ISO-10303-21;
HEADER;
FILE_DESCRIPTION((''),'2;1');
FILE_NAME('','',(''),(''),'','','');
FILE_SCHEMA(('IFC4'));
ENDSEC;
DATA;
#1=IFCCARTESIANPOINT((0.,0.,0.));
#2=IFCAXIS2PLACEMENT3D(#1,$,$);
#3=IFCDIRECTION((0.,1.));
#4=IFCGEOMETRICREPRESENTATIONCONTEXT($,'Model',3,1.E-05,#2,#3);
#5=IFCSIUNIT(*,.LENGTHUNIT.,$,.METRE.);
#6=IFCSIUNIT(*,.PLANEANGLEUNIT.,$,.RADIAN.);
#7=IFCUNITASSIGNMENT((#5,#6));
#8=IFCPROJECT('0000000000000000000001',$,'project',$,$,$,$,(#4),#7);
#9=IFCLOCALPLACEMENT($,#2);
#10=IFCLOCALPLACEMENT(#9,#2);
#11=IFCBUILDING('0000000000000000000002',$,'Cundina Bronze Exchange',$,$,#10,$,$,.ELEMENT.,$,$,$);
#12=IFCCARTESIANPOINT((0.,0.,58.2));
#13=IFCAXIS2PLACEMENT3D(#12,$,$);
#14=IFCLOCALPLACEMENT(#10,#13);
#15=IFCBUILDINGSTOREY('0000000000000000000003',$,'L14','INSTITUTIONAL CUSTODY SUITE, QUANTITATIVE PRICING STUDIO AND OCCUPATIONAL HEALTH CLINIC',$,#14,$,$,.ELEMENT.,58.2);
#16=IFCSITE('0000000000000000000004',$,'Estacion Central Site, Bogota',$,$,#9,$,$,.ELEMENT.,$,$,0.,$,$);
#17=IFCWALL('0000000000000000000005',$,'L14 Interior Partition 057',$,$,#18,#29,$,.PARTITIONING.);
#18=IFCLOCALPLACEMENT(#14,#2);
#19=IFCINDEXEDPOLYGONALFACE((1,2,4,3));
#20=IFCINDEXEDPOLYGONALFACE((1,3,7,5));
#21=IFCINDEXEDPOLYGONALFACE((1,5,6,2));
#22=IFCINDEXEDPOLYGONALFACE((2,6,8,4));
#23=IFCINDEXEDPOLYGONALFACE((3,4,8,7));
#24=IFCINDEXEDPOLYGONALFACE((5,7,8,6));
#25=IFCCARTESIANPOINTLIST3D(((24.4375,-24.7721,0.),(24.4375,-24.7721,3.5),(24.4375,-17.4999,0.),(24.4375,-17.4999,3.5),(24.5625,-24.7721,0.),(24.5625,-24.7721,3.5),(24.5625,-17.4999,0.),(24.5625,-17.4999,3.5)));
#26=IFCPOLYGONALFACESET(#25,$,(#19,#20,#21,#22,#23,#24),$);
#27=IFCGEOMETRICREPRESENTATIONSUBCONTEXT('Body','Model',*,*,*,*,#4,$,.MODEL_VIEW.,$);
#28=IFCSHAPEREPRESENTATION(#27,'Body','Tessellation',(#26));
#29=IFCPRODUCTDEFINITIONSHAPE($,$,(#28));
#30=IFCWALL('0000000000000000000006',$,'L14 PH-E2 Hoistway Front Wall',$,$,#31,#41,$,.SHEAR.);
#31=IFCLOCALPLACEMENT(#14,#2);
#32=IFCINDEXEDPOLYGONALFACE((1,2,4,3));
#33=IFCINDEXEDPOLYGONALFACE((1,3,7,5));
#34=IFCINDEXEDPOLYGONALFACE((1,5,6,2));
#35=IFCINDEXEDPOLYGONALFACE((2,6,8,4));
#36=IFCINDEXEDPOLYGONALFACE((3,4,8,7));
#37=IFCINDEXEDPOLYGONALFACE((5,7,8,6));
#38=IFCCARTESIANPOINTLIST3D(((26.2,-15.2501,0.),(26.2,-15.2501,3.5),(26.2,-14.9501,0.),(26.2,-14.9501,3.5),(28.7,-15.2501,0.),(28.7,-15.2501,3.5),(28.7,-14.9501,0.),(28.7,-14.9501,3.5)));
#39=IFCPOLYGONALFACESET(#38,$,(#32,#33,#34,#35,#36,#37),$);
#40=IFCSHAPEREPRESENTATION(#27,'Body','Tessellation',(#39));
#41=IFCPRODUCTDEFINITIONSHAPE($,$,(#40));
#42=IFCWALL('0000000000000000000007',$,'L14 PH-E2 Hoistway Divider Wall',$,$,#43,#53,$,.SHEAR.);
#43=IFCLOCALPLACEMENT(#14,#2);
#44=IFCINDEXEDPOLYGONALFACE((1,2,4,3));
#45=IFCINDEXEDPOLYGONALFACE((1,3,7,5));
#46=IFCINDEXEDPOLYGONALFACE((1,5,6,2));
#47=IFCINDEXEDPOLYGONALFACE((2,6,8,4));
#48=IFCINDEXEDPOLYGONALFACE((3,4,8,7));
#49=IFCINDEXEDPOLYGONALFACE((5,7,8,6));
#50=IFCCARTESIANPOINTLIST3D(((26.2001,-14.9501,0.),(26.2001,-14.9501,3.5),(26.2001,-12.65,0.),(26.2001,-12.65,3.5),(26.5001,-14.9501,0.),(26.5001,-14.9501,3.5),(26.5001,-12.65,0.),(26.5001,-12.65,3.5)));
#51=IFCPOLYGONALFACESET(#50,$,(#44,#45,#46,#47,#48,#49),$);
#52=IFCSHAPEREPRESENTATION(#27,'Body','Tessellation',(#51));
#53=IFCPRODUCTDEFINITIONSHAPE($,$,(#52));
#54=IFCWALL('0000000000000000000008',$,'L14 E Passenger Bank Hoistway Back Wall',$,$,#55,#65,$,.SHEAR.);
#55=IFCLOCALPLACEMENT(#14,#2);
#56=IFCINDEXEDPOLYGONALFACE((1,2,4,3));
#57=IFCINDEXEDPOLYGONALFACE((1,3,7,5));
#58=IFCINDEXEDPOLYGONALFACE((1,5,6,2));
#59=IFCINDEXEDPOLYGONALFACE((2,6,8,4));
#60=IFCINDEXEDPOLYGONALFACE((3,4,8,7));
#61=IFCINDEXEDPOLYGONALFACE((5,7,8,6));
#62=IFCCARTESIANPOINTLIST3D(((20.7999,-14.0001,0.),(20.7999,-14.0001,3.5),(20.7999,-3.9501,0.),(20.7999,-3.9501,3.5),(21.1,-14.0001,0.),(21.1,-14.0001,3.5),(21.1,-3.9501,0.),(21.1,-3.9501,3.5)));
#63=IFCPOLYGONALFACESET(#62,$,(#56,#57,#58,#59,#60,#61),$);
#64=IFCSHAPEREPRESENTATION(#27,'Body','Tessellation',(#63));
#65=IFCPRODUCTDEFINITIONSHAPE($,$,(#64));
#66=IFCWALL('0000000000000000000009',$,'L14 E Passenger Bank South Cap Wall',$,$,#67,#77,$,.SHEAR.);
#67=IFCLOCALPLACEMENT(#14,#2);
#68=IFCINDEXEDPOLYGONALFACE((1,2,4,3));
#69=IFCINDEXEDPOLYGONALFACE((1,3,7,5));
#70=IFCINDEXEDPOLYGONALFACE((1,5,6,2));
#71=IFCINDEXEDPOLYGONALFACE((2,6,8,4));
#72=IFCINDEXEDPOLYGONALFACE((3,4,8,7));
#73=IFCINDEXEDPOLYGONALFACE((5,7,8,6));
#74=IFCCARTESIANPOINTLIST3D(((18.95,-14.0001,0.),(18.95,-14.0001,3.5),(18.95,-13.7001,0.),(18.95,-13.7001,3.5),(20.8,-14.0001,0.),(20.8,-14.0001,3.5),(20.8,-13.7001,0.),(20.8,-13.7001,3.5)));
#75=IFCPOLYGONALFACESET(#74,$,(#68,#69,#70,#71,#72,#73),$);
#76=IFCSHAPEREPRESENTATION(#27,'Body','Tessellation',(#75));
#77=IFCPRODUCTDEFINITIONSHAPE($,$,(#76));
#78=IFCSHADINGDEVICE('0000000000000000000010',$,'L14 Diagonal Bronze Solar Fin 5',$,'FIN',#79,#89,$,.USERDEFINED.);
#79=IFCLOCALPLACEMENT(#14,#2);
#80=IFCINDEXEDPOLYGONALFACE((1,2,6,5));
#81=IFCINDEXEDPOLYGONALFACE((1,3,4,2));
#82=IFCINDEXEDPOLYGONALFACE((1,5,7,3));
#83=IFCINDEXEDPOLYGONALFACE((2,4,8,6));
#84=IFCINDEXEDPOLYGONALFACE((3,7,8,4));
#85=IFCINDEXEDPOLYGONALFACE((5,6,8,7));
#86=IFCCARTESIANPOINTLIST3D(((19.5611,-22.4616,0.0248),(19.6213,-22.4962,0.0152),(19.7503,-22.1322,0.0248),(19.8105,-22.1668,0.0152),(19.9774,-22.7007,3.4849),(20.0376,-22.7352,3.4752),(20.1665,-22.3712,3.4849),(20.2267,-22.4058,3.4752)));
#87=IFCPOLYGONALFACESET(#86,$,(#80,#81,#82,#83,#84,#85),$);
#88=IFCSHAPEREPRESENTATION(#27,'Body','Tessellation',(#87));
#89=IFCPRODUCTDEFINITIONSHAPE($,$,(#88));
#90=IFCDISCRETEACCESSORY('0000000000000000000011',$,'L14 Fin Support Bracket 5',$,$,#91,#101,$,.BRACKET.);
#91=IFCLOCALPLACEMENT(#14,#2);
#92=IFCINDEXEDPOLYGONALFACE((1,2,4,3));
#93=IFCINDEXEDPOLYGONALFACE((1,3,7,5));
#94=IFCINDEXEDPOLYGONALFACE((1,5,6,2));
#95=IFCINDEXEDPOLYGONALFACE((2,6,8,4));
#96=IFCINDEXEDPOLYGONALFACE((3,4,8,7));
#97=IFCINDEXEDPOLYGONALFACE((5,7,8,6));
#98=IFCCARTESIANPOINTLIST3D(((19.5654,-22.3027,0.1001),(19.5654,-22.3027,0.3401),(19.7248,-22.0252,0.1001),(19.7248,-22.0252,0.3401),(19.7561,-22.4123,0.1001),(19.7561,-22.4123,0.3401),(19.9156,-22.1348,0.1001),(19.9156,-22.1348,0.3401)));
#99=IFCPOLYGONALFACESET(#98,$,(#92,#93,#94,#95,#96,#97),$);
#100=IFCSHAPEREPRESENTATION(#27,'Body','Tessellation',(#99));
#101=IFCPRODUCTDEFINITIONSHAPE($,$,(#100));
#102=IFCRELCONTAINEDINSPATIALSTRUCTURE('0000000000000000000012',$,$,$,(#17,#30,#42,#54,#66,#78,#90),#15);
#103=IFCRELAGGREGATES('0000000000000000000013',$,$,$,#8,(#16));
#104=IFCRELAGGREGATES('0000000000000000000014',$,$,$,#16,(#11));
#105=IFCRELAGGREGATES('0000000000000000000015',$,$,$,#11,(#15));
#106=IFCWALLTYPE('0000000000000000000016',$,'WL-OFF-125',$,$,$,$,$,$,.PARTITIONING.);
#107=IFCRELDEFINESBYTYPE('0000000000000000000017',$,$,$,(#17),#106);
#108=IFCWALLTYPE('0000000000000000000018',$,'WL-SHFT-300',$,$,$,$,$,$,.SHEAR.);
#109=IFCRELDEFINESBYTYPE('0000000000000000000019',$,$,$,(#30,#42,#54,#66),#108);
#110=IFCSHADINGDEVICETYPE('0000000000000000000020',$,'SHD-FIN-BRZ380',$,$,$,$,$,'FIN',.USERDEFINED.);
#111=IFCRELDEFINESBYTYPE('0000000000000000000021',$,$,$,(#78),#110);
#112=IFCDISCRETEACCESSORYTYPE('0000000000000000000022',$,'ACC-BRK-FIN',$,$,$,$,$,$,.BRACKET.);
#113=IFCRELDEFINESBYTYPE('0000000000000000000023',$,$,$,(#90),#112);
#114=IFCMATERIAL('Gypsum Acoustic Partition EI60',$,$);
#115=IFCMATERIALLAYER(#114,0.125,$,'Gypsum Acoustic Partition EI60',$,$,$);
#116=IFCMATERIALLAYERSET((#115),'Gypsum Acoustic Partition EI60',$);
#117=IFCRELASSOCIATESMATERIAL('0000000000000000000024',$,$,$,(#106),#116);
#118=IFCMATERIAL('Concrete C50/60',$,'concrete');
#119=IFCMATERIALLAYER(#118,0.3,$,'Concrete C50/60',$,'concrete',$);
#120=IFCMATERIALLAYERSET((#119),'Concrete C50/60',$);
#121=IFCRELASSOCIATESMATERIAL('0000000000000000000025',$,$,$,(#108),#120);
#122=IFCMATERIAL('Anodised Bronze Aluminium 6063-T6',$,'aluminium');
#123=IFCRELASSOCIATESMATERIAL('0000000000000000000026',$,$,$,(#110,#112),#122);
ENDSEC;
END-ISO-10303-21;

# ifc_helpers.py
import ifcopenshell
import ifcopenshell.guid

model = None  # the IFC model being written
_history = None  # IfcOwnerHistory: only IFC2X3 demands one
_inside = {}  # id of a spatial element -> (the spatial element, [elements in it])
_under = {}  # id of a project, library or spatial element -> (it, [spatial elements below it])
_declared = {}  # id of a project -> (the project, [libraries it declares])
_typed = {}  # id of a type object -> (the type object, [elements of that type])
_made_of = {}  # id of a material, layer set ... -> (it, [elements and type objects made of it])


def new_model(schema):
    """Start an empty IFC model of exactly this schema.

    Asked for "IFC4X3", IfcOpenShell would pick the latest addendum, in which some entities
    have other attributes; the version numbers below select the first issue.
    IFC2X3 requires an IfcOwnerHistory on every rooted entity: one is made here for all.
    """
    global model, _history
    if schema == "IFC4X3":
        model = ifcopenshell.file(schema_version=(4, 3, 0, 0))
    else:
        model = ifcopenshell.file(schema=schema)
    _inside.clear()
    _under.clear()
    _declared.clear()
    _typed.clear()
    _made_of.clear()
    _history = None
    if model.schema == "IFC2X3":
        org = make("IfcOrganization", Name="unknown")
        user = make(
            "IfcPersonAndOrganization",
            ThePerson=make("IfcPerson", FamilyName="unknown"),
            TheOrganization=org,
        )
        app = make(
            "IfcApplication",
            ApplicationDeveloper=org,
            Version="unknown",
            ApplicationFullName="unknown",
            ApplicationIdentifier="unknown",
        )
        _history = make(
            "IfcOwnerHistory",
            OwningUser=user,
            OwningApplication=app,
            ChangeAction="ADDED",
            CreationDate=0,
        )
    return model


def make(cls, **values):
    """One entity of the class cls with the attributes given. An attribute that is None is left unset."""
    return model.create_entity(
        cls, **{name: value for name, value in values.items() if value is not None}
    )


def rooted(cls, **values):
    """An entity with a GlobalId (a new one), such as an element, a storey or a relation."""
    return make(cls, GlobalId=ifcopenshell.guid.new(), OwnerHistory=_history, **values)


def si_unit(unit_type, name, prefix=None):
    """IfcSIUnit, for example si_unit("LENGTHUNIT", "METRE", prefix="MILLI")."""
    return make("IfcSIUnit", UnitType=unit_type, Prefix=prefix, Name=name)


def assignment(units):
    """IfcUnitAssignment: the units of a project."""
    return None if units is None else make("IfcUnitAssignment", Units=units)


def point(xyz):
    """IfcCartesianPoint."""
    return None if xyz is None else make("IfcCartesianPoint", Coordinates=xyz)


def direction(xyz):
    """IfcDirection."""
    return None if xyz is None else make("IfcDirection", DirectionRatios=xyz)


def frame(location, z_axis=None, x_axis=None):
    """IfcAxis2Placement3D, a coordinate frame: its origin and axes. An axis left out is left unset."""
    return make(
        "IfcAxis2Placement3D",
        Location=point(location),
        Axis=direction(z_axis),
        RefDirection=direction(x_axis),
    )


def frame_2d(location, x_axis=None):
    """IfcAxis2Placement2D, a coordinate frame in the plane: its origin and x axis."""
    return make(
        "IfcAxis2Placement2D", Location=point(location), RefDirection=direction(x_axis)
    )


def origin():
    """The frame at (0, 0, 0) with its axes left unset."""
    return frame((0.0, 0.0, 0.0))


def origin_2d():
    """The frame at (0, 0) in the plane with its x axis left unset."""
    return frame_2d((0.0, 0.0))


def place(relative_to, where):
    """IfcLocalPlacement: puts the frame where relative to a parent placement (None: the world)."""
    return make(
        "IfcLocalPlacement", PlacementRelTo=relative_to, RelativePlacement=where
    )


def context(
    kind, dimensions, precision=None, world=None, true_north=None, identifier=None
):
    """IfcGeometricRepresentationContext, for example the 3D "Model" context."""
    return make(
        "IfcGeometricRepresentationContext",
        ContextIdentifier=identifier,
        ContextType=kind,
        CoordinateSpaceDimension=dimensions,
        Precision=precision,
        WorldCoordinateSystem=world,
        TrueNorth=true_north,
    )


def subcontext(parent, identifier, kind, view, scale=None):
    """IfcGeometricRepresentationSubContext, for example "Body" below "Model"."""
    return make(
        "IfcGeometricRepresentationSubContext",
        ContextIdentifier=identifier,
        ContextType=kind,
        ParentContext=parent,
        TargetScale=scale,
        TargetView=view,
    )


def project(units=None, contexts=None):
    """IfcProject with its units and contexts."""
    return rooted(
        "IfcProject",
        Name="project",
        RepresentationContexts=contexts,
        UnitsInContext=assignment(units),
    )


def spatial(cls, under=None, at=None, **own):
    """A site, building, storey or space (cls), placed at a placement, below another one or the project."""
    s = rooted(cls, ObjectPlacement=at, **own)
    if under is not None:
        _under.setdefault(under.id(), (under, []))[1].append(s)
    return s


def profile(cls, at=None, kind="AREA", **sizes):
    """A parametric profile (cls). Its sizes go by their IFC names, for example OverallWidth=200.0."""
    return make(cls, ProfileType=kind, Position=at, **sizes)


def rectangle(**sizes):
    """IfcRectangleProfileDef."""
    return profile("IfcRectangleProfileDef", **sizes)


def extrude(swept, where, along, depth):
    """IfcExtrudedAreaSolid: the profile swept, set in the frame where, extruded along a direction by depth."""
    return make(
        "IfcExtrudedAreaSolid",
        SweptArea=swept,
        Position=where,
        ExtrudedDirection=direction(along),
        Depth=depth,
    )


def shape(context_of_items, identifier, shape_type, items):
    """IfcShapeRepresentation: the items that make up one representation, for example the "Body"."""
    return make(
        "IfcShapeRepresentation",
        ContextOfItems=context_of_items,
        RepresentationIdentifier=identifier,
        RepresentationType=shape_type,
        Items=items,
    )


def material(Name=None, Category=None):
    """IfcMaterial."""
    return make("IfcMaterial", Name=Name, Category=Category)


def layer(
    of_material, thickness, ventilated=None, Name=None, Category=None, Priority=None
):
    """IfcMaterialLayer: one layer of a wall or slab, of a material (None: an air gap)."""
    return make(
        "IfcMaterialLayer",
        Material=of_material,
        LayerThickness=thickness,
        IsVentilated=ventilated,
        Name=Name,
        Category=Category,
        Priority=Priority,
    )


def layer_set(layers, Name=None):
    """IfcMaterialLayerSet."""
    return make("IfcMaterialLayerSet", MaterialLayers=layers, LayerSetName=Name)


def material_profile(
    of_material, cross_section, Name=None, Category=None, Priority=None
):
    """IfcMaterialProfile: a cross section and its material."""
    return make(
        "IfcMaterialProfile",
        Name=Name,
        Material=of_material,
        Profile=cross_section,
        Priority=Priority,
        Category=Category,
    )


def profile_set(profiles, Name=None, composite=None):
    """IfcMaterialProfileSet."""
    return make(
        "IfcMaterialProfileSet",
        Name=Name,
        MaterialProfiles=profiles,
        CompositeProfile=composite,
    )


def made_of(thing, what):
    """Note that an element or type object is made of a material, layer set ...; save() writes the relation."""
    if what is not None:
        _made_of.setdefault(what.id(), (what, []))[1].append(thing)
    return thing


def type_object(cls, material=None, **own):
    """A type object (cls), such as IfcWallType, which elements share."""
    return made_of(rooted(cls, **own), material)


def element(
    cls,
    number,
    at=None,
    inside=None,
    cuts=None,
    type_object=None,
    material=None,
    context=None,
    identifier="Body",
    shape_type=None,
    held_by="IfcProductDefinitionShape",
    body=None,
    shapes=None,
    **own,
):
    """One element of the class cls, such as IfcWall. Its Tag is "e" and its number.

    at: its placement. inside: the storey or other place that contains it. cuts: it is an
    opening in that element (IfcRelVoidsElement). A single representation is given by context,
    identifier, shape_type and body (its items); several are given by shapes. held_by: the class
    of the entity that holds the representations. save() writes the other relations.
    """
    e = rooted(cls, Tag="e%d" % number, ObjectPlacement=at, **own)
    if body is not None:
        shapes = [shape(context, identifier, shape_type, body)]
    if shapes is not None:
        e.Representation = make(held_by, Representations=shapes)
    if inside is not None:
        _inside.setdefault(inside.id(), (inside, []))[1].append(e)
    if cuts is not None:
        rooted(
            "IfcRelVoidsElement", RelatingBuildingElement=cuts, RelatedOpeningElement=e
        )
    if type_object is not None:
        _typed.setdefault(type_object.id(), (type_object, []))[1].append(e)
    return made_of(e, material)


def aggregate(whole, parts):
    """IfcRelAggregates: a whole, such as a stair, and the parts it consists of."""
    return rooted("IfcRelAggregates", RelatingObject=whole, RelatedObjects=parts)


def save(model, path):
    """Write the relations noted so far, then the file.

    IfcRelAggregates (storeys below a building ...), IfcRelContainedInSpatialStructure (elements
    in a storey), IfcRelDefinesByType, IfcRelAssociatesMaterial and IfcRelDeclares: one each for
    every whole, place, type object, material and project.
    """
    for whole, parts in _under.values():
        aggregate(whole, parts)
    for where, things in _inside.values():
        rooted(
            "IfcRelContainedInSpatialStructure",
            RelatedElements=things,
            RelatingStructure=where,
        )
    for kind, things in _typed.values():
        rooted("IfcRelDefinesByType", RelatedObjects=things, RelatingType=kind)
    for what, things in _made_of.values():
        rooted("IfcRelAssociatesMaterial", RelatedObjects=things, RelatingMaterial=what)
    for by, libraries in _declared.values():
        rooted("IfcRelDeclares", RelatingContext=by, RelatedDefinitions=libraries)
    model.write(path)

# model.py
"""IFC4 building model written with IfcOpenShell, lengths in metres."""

from ifc_helpers import new_model, si_unit, direction, frame, frame_2d, origin, origin_2d, place, context, subcontext, project, spatial, rectangle, extrude, material, layer, layer_set, material_profile, profile_set, type_object, element, save


model = new_model("IFC4")

# Units and contexts
model_context = context("Model", 3, precision=1e-05, world=origin(), true_north=direction((0.0, 1.0)))
body_context = subcontext(model_context, "Body", "Model", "MODEL_VIEW")
ifc_project = project(units=[si_unit("LENGTHUNIT", "METRE"), si_unit("PLANEANGLEUNIT", "RADIAN")], contexts=[model_context])

# Site, building, storey
site_placement = place(None, origin())
site = spatial("IfcSite", under=ifc_project, at=site_placement, Name="Estacion Central Site, Bogota", CompositionType="ELEMENT", RefElevation=0.0)
building_placement = place(site_placement, origin())
building = spatial("IfcBuilding", under=site, at=building_placement, Name="Cundina Bronze Exchange", CompositionType="ELEMENT")
storey_placement = place(building_placement, frame((0.0, 0.0, 58.2)))
storey = spatial("IfcBuildingStorey", under=building, at=storey_placement, Name="L14", Description="INSTITUTIONAL CUSTODY SUITE, QUANTITATIVE PRICING STUDIO AND OCCUPATIONAL HEALTH CLINIC", CompositionType="ELEMENT", Elevation=58.2)

# Shared definitions
ifc_material_1 = material(Name="Anodised Bronze Aluminium 6063-T6", Category="aluminium")

# Walls
ifc_material_2 = material(Name="Gypsum Acoustic Partition EI60")
ifc_layer_1 = layer(ifc_material_2, 0.125, Name="Gypsum Acoustic Partition EI60")
ifc_layer_set_1 = layer_set([ifc_layer_1], Name="Gypsum Acoustic Partition EI60")
wall_type_1 = type_object("IfcWallType", Name="WL-OFF-125", PredefinedType="PARTITIONING", material=ifc_layer_set_1)
wall_1_placement = place(storey_placement, frame((24.5, -24.7722, 0.0), z_axis=(0.0, 0.0, 1.0), x_axis=(0.0, 1.0, 0.0)))
element("IfcWall", 1, at=wall_1_placement, inside=storey, type_object=wall_type_1, Name="L14 Interior Partition 057", PredefinedType="PARTITIONING", context=body_context, shape_type="SweptSolid", body=[
    extrude(rectangle(XDim=7.2722, YDim=0.125, at=frame_2d((3.6362, 0.0))), origin(), (0.0, 0.0, 1.0), 3.5),
])
ifc_material_3 = material(Name="Concrete C50/60", Category="concrete")
ifc_layer_2 = layer(ifc_material_3, 0.3, Name="Concrete C50/60", Category="concrete")
ifc_layer_set_2 = layer_set([ifc_layer_2], Name="Concrete C50/60")
wall_type_2 = type_object("IfcWallType", Name="WL-SHFT-300", PredefinedType="SHEAR", material=ifc_layer_set_2)
wall_2_placement = place(storey_placement, frame((26.2, -15.1001, 0.0), z_axis=(0.0, 0.0, 1.0), x_axis=(1.0, 0.0, 0.0)))
element("IfcWall", 2, at=wall_2_placement, inside=storey, type_object=wall_type_2, Name="L14 PH-E2 Hoistway Front Wall", PredefinedType="SHEAR", context=body_context, shape_type="SweptSolid", body=[
    extrude(rectangle(XDim=2.5, YDim=0.3, at=frame_2d((1.25, 0.0))), origin(), (0.0, 0.0, 1.0), 3.5),
])
wall_3_placement = place(storey_placement, frame((26.3501, -14.95, 0.0), z_axis=(0.0, 0.0, 1.0), x_axis=(0.0, 1.0, 0.0)))
element("IfcWall", 3, at=wall_3_placement, inside=storey, type_object=wall_type_2, Name="L14 PH-E2 Hoistway Divider Wall", PredefinedType="SHEAR", context=body_context, shape_type="SweptSolid", body=[
    extrude(rectangle(XDim=2.3, YDim=0.3, at=frame_2d((1.1499, 0.0))), origin(), (0.0, 0.0, 1.0), 3.5),
])
wall_4_placement = place(storey_placement, frame((20.95, -14.0, 0.0), z_axis=(0.0, 0.0, 1.0), x_axis=(0.0, 1.0, 0.0)))
element("IfcWall", 4, at=wall_4_placement, inside=storey, type_object=wall_type_2, Name="L14 E Passenger Bank Hoistway Back Wall", PredefinedType="SHEAR", context=body_context, shape_type="SweptSolid", body=[
    extrude(rectangle(XDim=10.05, YDim=0.3, at=frame_2d((5.0249, 0.0))), origin(), (0.0, 0.0, 1.0), 3.5),
])
wall_5_placement = place(storey_placement, frame((18.95, -13.8501, 0.0), z_axis=(0.0, 0.0, 1.0), x_axis=(1.0, 0.0, 0.0)))
element("IfcWall", 5, at=wall_5_placement, inside=storey, type_object=wall_type_2, Name="L14 E Passenger Bank South Cap Wall", PredefinedType="SHEAR", context=body_context, shape_type="SweptSolid", body=[
    extrude(rectangle(XDim=1.8501, YDim=0.3, at=frame_2d((0.925, 0.0))), origin(), (0.0, 0.0, 1.0), 3.5),
])

# Shading device
ifc_material_profile_1 = material_profile(ifc_material_1, rectangle(XDim=0.0701, YDim=0.3799, at=origin_2d()), Name="FIN70X380", Category="aluminium")
ifc_profile_set_1 = profile_set([ifc_material_profile_1], Name="Anodised Bronze Aluminium 6063-T6")
shading_device_type = type_object("IfcShadingDeviceType", Name="SHD-FIN-BRZ380", ElementType="FIN", PredefinedType="USERDEFINED", material=ifc_profile_set_1)
shading_device_placement = place(storey_placement, frame((19.6858, -22.3142, 0.02), z_axis=(0.119166, -0.068425, 0.990514), x_axis=(-0.858982, 0.493222, 0.137414)))
element("IfcShadingDevice", 6, at=shading_device_placement, inside=storey, type_object=shading_device_type, Name="L14 Diagonal Bronze Solar Fin 5", ObjectType="FIN", PredefinedType="USERDEFINED", context=body_context, shape_type="SweptSolid", body=[
    extrude(rectangle(XDim=0.0701, YDim=0.3799, at=origin_2d()), origin(), (0.0, 0.0, 1.0), 3.4932),
])

# Discrete accessory
discrete_accessory_type = type_object("IfcDiscreteAccessoryType", Name="ACC-BRK-FIN", PredefinedType="BRACKET", material=ifc_material_1)
discrete_accessory_placement = place(storey_placement, frame((19.7405, -22.2188, 0.1001), z_axis=(0.0, 0.0, 1.0), x_axis=(0.867105, -0.498125, 0.0)))
element("IfcDiscreteAccessory", 7, at=discrete_accessory_placement, inside=storey, type_object=discrete_accessory_type, Name="L14 Fin Support Bracket 5", PredefinedType="BRACKET", context=body_context, shape_type="SweptSolid", body=[
    extrude(rectangle(XDim=0.22, YDim=0.3201, at=origin_2d()), origin(), (0.0, 0.0, 1.0), 0.24),
])

save(model, "model.ifc")
